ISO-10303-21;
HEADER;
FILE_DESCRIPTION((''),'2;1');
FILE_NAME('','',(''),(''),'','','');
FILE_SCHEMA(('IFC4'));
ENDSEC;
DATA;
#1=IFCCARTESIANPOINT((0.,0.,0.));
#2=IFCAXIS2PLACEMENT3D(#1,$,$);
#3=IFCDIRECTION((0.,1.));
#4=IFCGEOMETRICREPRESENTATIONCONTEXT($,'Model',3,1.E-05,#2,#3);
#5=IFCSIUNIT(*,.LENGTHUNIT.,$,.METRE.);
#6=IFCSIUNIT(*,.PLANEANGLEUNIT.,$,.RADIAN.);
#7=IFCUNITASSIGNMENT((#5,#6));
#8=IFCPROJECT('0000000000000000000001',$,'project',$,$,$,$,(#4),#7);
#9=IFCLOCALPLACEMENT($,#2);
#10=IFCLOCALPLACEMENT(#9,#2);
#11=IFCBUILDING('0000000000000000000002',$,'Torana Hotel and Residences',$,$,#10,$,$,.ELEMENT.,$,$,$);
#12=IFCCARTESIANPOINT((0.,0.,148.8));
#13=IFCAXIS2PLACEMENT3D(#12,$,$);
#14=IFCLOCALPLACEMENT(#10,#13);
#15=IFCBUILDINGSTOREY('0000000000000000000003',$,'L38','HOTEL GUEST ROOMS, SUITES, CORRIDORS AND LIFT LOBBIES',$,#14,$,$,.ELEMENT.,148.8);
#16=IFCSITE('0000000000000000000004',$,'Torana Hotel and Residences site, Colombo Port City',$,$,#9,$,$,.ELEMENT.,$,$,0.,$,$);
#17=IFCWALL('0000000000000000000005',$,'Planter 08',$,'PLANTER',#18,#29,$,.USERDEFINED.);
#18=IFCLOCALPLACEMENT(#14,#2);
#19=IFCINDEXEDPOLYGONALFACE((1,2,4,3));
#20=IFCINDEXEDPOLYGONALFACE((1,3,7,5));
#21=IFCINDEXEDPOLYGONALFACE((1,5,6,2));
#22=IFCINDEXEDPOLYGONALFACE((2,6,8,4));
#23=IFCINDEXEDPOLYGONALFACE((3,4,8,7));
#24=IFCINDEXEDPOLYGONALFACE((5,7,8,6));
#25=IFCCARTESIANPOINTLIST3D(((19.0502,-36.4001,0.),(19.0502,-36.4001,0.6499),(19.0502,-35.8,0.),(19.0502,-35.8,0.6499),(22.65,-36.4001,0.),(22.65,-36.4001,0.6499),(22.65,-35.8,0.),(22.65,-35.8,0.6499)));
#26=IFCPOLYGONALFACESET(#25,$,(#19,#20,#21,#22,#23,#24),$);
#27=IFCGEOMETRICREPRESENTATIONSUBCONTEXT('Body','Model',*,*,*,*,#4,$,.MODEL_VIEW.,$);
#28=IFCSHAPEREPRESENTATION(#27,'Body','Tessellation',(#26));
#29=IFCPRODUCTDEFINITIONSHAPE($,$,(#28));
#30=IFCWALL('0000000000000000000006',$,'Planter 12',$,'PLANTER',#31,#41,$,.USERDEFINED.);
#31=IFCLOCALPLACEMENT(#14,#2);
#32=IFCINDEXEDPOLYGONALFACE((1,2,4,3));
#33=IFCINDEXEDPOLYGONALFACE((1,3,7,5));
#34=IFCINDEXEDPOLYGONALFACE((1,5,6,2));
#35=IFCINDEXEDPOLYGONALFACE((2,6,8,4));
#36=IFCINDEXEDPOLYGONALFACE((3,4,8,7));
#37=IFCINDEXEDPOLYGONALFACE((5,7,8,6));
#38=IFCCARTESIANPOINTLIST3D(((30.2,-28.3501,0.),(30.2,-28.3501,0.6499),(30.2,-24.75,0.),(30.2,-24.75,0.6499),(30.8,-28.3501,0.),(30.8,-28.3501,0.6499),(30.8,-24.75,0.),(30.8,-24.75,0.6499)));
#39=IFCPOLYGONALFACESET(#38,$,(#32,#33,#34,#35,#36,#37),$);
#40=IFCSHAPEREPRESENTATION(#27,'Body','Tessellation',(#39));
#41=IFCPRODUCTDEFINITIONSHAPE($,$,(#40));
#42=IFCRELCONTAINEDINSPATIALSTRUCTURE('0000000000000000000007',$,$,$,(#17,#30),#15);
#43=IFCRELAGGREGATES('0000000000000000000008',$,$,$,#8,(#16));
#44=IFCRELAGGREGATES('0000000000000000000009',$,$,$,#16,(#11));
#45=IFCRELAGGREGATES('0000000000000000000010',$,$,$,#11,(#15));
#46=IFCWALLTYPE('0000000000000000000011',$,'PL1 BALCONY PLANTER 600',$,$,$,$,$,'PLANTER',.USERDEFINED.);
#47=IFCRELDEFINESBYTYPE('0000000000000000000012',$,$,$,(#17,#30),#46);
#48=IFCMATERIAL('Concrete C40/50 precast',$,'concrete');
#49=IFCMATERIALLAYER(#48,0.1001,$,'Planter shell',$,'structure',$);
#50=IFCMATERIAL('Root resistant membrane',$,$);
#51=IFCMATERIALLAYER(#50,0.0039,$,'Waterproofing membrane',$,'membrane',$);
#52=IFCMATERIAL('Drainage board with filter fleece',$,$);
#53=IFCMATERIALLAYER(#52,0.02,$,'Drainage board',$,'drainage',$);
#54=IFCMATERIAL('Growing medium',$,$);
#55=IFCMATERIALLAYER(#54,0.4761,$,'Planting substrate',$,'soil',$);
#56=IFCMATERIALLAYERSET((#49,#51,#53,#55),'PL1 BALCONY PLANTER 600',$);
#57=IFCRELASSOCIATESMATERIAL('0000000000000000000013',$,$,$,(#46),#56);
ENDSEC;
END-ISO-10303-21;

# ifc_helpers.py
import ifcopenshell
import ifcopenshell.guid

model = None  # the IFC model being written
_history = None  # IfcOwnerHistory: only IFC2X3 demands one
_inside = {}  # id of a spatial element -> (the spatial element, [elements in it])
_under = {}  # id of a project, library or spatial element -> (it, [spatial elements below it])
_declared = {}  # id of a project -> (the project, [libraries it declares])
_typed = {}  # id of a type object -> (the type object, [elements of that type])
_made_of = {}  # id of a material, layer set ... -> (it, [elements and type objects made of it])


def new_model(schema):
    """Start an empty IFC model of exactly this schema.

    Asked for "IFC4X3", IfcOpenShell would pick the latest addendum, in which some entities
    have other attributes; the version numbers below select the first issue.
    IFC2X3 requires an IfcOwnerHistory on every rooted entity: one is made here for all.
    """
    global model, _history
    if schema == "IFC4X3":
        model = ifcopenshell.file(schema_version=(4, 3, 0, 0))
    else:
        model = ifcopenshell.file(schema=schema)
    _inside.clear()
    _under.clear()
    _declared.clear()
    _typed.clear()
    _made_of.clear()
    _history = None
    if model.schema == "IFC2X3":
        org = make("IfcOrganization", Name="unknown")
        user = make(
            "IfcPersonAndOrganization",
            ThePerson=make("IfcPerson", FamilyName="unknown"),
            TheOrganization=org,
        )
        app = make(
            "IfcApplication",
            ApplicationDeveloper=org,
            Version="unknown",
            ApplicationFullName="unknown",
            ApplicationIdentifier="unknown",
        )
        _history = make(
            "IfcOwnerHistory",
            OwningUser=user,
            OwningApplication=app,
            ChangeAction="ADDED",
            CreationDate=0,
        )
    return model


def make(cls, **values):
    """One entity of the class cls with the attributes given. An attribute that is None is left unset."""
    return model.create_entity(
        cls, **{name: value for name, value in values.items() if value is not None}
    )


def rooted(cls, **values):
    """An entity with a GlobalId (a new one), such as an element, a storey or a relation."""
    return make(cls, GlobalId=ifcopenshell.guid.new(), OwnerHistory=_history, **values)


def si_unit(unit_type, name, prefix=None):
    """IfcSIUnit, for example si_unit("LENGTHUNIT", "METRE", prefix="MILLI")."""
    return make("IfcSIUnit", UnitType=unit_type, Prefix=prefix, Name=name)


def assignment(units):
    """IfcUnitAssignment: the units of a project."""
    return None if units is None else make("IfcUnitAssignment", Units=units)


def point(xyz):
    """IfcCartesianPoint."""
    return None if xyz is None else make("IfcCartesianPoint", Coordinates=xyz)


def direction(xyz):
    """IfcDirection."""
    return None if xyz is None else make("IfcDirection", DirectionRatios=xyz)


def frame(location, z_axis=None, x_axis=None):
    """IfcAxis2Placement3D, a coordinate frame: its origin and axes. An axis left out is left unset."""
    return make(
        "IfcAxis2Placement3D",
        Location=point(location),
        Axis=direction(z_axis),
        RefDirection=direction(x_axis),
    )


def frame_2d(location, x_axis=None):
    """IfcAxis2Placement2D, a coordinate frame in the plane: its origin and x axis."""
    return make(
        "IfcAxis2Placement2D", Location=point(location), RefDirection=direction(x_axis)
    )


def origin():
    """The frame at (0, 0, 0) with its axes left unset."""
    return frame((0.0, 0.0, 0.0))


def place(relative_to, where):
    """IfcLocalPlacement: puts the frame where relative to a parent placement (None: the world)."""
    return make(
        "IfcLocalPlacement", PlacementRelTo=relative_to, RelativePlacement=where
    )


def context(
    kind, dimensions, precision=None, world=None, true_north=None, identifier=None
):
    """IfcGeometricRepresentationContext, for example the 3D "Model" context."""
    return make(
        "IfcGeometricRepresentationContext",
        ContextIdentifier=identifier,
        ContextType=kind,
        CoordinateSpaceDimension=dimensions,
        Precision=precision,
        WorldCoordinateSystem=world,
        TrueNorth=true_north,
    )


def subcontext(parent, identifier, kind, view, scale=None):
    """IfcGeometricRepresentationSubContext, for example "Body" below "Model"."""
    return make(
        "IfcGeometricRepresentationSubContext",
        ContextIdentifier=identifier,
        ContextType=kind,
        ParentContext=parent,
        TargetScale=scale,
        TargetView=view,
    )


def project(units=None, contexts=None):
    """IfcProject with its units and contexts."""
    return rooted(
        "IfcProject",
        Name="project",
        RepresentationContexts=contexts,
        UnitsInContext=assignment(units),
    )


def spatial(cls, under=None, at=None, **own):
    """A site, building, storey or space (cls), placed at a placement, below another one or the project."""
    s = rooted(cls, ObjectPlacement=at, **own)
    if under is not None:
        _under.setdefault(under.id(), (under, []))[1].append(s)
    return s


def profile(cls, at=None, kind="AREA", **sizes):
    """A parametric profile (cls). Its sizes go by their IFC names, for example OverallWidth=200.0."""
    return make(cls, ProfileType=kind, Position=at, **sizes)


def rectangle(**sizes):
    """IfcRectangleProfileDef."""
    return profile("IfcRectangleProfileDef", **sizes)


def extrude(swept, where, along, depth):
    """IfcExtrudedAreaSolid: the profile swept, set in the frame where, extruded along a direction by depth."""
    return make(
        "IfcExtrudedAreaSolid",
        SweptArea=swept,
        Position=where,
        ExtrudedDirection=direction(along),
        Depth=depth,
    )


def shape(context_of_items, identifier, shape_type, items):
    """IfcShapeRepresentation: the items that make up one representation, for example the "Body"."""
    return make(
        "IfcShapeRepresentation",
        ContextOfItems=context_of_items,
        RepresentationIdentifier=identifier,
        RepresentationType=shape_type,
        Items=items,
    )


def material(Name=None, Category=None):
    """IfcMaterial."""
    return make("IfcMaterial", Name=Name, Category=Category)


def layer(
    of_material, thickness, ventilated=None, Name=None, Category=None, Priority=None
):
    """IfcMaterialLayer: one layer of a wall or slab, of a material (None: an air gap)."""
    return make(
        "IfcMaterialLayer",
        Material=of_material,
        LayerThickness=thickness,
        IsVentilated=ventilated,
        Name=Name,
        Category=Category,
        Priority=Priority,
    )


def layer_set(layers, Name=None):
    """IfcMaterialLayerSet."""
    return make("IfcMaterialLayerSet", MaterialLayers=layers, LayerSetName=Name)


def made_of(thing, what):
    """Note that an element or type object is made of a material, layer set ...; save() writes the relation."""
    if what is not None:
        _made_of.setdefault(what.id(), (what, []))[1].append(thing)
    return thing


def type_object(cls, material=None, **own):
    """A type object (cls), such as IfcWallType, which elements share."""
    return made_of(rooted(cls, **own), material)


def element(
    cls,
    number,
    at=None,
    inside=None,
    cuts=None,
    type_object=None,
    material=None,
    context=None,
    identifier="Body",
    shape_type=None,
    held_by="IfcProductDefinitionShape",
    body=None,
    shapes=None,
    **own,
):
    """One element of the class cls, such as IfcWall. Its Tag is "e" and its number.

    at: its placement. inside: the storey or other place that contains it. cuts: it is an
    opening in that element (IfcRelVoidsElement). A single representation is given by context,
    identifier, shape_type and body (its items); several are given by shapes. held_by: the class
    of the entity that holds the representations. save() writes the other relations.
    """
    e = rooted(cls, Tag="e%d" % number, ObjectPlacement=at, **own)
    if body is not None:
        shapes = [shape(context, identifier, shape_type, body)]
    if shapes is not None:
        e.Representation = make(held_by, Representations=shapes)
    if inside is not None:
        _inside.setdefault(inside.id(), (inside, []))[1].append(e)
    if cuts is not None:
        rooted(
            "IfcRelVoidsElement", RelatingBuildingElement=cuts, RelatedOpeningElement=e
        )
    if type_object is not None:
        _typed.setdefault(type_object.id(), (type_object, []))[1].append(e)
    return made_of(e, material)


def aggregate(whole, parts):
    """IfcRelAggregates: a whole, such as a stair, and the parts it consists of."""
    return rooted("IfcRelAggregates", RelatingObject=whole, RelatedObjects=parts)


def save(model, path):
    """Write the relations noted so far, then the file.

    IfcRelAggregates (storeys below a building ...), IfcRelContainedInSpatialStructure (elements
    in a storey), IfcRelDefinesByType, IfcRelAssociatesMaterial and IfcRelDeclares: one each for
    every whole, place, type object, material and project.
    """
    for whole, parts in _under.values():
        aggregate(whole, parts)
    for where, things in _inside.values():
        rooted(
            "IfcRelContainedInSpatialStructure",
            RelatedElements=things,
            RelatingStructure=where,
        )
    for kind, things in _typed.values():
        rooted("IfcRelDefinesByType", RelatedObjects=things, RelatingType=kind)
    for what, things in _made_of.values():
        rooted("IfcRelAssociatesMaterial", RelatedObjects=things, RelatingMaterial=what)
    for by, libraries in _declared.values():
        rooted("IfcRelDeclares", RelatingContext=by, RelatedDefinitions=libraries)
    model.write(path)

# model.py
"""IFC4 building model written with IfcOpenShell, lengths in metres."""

from ifc_helpers import new_model, si_unit, direction, frame, frame_2d, origin, place, context, subcontext, project, spatial, rectangle, extrude, material, layer, layer_set, type_object, element, save


model = new_model("IFC4")

# Units and contexts
model_context = context("Model", 3, precision=1e-05, world=origin(), true_north=direction((0.0, 1.0)))
body_context = subcontext(model_context, "Body", "Model", "MODEL_VIEW")
ifc_project = project(units=[si_unit("LENGTHUNIT", "METRE"), si_unit("PLANEANGLEUNIT", "RADIAN")], contexts=[model_context])

# Site, building, storey
site_placement = place(None, origin())
site = spatial("IfcSite", under=ifc_project, at=site_placement, Name="Torana Hotel and Residences site, Colombo Port City", CompositionType="ELEMENT", RefElevation=0.0)
building_placement = place(site_placement, origin())
building = spatial("IfcBuilding", under=site, at=building_placement, Name="Torana Hotel and Residences", CompositionType="ELEMENT")
storey_placement = place(building_placement, frame((0.0, 0.0, 148.8)))
storey = spatial("IfcBuildingStorey", under=building, at=storey_placement, Name="L38", Description="HOTEL GUEST ROOMS, SUITES, CORRIDORS AND LIFT LOBBIES", CompositionType="ELEMENT", Elevation=148.8)

# Walls
ifc_material_1 = material(Name="Concrete C40/50 precast", Category="concrete")
ifc_layer_1 = layer(ifc_material_1, 0.1001, Name="Planter shell", Category="structure")
ifc_material_2 = material(Name="Root resistant membrane")
ifc_layer_2 = layer(ifc_material_2, 0.0039, Name="Waterproofing membrane", Category="membrane")
ifc_material_3 = material(Name="Drainage board with filter fleece")
ifc_layer_3 = layer(ifc_material_3, 0.02, Name="Drainage board", Category="drainage")
ifc_material_4 = material(Name="Growing medium")
ifc_layer_4 = layer(ifc_material_4, 0.4761, Name="Planting substrate", Category="soil")
ifc_layer_set_1 = layer_set([ifc_layer_1, ifc_layer_2, ifc_layer_3, ifc_layer_4], Name="PL1 BALCONY PLANTER 600")
wall_type_1 = type_object("IfcWallType", Name="PL1 BALCONY PLANTER 600", ElementType="PLANTER", PredefinedType="USERDEFINED", material=ifc_layer_set_1)
wall_1_placement = place(storey_placement, frame((22.6499, -36.1001, 0.0), z_axis=(0.0, 0.0, 1.0), x_axis=(-1.0, 0.0, 0.0)))
element("IfcWall", 1, at=wall_1_placement, inside=storey, type_object=wall_type_1, Name="Planter 08", ObjectType="PLANTER", PredefinedType="USERDEFINED", context=body_context, shape_type="SweptSolid", body=[
    extrude(rectangle(XDim=3.5999, YDim=0.6001, at=frame_2d((1.7998, 0.0))), origin(), (0.0, 0.0, 1.0), 0.6499),
])
wall_2_placement = place(storey_placement, frame((30.5, -24.75, 0.0), z_axis=(0.0, 0.0, 1.0), x_axis=(0.0, -1.0, 0.0)))
element("IfcWall", 2, at=wall_2_placement, inside=storey, type_object=wall_type_1, Name="Planter 12", ObjectType="PLANTER", PredefinedType="USERDEFINED", context=body_context, shape_type="SweptSolid", body=[
    extrude(rectangle(XDim=3.6001, YDim=0.6001, at=frame_2d((1.8, 0.0))), origin(), (0.0, 0.0, 1.0), 0.6499),
])

save(model, "model.ifc")
